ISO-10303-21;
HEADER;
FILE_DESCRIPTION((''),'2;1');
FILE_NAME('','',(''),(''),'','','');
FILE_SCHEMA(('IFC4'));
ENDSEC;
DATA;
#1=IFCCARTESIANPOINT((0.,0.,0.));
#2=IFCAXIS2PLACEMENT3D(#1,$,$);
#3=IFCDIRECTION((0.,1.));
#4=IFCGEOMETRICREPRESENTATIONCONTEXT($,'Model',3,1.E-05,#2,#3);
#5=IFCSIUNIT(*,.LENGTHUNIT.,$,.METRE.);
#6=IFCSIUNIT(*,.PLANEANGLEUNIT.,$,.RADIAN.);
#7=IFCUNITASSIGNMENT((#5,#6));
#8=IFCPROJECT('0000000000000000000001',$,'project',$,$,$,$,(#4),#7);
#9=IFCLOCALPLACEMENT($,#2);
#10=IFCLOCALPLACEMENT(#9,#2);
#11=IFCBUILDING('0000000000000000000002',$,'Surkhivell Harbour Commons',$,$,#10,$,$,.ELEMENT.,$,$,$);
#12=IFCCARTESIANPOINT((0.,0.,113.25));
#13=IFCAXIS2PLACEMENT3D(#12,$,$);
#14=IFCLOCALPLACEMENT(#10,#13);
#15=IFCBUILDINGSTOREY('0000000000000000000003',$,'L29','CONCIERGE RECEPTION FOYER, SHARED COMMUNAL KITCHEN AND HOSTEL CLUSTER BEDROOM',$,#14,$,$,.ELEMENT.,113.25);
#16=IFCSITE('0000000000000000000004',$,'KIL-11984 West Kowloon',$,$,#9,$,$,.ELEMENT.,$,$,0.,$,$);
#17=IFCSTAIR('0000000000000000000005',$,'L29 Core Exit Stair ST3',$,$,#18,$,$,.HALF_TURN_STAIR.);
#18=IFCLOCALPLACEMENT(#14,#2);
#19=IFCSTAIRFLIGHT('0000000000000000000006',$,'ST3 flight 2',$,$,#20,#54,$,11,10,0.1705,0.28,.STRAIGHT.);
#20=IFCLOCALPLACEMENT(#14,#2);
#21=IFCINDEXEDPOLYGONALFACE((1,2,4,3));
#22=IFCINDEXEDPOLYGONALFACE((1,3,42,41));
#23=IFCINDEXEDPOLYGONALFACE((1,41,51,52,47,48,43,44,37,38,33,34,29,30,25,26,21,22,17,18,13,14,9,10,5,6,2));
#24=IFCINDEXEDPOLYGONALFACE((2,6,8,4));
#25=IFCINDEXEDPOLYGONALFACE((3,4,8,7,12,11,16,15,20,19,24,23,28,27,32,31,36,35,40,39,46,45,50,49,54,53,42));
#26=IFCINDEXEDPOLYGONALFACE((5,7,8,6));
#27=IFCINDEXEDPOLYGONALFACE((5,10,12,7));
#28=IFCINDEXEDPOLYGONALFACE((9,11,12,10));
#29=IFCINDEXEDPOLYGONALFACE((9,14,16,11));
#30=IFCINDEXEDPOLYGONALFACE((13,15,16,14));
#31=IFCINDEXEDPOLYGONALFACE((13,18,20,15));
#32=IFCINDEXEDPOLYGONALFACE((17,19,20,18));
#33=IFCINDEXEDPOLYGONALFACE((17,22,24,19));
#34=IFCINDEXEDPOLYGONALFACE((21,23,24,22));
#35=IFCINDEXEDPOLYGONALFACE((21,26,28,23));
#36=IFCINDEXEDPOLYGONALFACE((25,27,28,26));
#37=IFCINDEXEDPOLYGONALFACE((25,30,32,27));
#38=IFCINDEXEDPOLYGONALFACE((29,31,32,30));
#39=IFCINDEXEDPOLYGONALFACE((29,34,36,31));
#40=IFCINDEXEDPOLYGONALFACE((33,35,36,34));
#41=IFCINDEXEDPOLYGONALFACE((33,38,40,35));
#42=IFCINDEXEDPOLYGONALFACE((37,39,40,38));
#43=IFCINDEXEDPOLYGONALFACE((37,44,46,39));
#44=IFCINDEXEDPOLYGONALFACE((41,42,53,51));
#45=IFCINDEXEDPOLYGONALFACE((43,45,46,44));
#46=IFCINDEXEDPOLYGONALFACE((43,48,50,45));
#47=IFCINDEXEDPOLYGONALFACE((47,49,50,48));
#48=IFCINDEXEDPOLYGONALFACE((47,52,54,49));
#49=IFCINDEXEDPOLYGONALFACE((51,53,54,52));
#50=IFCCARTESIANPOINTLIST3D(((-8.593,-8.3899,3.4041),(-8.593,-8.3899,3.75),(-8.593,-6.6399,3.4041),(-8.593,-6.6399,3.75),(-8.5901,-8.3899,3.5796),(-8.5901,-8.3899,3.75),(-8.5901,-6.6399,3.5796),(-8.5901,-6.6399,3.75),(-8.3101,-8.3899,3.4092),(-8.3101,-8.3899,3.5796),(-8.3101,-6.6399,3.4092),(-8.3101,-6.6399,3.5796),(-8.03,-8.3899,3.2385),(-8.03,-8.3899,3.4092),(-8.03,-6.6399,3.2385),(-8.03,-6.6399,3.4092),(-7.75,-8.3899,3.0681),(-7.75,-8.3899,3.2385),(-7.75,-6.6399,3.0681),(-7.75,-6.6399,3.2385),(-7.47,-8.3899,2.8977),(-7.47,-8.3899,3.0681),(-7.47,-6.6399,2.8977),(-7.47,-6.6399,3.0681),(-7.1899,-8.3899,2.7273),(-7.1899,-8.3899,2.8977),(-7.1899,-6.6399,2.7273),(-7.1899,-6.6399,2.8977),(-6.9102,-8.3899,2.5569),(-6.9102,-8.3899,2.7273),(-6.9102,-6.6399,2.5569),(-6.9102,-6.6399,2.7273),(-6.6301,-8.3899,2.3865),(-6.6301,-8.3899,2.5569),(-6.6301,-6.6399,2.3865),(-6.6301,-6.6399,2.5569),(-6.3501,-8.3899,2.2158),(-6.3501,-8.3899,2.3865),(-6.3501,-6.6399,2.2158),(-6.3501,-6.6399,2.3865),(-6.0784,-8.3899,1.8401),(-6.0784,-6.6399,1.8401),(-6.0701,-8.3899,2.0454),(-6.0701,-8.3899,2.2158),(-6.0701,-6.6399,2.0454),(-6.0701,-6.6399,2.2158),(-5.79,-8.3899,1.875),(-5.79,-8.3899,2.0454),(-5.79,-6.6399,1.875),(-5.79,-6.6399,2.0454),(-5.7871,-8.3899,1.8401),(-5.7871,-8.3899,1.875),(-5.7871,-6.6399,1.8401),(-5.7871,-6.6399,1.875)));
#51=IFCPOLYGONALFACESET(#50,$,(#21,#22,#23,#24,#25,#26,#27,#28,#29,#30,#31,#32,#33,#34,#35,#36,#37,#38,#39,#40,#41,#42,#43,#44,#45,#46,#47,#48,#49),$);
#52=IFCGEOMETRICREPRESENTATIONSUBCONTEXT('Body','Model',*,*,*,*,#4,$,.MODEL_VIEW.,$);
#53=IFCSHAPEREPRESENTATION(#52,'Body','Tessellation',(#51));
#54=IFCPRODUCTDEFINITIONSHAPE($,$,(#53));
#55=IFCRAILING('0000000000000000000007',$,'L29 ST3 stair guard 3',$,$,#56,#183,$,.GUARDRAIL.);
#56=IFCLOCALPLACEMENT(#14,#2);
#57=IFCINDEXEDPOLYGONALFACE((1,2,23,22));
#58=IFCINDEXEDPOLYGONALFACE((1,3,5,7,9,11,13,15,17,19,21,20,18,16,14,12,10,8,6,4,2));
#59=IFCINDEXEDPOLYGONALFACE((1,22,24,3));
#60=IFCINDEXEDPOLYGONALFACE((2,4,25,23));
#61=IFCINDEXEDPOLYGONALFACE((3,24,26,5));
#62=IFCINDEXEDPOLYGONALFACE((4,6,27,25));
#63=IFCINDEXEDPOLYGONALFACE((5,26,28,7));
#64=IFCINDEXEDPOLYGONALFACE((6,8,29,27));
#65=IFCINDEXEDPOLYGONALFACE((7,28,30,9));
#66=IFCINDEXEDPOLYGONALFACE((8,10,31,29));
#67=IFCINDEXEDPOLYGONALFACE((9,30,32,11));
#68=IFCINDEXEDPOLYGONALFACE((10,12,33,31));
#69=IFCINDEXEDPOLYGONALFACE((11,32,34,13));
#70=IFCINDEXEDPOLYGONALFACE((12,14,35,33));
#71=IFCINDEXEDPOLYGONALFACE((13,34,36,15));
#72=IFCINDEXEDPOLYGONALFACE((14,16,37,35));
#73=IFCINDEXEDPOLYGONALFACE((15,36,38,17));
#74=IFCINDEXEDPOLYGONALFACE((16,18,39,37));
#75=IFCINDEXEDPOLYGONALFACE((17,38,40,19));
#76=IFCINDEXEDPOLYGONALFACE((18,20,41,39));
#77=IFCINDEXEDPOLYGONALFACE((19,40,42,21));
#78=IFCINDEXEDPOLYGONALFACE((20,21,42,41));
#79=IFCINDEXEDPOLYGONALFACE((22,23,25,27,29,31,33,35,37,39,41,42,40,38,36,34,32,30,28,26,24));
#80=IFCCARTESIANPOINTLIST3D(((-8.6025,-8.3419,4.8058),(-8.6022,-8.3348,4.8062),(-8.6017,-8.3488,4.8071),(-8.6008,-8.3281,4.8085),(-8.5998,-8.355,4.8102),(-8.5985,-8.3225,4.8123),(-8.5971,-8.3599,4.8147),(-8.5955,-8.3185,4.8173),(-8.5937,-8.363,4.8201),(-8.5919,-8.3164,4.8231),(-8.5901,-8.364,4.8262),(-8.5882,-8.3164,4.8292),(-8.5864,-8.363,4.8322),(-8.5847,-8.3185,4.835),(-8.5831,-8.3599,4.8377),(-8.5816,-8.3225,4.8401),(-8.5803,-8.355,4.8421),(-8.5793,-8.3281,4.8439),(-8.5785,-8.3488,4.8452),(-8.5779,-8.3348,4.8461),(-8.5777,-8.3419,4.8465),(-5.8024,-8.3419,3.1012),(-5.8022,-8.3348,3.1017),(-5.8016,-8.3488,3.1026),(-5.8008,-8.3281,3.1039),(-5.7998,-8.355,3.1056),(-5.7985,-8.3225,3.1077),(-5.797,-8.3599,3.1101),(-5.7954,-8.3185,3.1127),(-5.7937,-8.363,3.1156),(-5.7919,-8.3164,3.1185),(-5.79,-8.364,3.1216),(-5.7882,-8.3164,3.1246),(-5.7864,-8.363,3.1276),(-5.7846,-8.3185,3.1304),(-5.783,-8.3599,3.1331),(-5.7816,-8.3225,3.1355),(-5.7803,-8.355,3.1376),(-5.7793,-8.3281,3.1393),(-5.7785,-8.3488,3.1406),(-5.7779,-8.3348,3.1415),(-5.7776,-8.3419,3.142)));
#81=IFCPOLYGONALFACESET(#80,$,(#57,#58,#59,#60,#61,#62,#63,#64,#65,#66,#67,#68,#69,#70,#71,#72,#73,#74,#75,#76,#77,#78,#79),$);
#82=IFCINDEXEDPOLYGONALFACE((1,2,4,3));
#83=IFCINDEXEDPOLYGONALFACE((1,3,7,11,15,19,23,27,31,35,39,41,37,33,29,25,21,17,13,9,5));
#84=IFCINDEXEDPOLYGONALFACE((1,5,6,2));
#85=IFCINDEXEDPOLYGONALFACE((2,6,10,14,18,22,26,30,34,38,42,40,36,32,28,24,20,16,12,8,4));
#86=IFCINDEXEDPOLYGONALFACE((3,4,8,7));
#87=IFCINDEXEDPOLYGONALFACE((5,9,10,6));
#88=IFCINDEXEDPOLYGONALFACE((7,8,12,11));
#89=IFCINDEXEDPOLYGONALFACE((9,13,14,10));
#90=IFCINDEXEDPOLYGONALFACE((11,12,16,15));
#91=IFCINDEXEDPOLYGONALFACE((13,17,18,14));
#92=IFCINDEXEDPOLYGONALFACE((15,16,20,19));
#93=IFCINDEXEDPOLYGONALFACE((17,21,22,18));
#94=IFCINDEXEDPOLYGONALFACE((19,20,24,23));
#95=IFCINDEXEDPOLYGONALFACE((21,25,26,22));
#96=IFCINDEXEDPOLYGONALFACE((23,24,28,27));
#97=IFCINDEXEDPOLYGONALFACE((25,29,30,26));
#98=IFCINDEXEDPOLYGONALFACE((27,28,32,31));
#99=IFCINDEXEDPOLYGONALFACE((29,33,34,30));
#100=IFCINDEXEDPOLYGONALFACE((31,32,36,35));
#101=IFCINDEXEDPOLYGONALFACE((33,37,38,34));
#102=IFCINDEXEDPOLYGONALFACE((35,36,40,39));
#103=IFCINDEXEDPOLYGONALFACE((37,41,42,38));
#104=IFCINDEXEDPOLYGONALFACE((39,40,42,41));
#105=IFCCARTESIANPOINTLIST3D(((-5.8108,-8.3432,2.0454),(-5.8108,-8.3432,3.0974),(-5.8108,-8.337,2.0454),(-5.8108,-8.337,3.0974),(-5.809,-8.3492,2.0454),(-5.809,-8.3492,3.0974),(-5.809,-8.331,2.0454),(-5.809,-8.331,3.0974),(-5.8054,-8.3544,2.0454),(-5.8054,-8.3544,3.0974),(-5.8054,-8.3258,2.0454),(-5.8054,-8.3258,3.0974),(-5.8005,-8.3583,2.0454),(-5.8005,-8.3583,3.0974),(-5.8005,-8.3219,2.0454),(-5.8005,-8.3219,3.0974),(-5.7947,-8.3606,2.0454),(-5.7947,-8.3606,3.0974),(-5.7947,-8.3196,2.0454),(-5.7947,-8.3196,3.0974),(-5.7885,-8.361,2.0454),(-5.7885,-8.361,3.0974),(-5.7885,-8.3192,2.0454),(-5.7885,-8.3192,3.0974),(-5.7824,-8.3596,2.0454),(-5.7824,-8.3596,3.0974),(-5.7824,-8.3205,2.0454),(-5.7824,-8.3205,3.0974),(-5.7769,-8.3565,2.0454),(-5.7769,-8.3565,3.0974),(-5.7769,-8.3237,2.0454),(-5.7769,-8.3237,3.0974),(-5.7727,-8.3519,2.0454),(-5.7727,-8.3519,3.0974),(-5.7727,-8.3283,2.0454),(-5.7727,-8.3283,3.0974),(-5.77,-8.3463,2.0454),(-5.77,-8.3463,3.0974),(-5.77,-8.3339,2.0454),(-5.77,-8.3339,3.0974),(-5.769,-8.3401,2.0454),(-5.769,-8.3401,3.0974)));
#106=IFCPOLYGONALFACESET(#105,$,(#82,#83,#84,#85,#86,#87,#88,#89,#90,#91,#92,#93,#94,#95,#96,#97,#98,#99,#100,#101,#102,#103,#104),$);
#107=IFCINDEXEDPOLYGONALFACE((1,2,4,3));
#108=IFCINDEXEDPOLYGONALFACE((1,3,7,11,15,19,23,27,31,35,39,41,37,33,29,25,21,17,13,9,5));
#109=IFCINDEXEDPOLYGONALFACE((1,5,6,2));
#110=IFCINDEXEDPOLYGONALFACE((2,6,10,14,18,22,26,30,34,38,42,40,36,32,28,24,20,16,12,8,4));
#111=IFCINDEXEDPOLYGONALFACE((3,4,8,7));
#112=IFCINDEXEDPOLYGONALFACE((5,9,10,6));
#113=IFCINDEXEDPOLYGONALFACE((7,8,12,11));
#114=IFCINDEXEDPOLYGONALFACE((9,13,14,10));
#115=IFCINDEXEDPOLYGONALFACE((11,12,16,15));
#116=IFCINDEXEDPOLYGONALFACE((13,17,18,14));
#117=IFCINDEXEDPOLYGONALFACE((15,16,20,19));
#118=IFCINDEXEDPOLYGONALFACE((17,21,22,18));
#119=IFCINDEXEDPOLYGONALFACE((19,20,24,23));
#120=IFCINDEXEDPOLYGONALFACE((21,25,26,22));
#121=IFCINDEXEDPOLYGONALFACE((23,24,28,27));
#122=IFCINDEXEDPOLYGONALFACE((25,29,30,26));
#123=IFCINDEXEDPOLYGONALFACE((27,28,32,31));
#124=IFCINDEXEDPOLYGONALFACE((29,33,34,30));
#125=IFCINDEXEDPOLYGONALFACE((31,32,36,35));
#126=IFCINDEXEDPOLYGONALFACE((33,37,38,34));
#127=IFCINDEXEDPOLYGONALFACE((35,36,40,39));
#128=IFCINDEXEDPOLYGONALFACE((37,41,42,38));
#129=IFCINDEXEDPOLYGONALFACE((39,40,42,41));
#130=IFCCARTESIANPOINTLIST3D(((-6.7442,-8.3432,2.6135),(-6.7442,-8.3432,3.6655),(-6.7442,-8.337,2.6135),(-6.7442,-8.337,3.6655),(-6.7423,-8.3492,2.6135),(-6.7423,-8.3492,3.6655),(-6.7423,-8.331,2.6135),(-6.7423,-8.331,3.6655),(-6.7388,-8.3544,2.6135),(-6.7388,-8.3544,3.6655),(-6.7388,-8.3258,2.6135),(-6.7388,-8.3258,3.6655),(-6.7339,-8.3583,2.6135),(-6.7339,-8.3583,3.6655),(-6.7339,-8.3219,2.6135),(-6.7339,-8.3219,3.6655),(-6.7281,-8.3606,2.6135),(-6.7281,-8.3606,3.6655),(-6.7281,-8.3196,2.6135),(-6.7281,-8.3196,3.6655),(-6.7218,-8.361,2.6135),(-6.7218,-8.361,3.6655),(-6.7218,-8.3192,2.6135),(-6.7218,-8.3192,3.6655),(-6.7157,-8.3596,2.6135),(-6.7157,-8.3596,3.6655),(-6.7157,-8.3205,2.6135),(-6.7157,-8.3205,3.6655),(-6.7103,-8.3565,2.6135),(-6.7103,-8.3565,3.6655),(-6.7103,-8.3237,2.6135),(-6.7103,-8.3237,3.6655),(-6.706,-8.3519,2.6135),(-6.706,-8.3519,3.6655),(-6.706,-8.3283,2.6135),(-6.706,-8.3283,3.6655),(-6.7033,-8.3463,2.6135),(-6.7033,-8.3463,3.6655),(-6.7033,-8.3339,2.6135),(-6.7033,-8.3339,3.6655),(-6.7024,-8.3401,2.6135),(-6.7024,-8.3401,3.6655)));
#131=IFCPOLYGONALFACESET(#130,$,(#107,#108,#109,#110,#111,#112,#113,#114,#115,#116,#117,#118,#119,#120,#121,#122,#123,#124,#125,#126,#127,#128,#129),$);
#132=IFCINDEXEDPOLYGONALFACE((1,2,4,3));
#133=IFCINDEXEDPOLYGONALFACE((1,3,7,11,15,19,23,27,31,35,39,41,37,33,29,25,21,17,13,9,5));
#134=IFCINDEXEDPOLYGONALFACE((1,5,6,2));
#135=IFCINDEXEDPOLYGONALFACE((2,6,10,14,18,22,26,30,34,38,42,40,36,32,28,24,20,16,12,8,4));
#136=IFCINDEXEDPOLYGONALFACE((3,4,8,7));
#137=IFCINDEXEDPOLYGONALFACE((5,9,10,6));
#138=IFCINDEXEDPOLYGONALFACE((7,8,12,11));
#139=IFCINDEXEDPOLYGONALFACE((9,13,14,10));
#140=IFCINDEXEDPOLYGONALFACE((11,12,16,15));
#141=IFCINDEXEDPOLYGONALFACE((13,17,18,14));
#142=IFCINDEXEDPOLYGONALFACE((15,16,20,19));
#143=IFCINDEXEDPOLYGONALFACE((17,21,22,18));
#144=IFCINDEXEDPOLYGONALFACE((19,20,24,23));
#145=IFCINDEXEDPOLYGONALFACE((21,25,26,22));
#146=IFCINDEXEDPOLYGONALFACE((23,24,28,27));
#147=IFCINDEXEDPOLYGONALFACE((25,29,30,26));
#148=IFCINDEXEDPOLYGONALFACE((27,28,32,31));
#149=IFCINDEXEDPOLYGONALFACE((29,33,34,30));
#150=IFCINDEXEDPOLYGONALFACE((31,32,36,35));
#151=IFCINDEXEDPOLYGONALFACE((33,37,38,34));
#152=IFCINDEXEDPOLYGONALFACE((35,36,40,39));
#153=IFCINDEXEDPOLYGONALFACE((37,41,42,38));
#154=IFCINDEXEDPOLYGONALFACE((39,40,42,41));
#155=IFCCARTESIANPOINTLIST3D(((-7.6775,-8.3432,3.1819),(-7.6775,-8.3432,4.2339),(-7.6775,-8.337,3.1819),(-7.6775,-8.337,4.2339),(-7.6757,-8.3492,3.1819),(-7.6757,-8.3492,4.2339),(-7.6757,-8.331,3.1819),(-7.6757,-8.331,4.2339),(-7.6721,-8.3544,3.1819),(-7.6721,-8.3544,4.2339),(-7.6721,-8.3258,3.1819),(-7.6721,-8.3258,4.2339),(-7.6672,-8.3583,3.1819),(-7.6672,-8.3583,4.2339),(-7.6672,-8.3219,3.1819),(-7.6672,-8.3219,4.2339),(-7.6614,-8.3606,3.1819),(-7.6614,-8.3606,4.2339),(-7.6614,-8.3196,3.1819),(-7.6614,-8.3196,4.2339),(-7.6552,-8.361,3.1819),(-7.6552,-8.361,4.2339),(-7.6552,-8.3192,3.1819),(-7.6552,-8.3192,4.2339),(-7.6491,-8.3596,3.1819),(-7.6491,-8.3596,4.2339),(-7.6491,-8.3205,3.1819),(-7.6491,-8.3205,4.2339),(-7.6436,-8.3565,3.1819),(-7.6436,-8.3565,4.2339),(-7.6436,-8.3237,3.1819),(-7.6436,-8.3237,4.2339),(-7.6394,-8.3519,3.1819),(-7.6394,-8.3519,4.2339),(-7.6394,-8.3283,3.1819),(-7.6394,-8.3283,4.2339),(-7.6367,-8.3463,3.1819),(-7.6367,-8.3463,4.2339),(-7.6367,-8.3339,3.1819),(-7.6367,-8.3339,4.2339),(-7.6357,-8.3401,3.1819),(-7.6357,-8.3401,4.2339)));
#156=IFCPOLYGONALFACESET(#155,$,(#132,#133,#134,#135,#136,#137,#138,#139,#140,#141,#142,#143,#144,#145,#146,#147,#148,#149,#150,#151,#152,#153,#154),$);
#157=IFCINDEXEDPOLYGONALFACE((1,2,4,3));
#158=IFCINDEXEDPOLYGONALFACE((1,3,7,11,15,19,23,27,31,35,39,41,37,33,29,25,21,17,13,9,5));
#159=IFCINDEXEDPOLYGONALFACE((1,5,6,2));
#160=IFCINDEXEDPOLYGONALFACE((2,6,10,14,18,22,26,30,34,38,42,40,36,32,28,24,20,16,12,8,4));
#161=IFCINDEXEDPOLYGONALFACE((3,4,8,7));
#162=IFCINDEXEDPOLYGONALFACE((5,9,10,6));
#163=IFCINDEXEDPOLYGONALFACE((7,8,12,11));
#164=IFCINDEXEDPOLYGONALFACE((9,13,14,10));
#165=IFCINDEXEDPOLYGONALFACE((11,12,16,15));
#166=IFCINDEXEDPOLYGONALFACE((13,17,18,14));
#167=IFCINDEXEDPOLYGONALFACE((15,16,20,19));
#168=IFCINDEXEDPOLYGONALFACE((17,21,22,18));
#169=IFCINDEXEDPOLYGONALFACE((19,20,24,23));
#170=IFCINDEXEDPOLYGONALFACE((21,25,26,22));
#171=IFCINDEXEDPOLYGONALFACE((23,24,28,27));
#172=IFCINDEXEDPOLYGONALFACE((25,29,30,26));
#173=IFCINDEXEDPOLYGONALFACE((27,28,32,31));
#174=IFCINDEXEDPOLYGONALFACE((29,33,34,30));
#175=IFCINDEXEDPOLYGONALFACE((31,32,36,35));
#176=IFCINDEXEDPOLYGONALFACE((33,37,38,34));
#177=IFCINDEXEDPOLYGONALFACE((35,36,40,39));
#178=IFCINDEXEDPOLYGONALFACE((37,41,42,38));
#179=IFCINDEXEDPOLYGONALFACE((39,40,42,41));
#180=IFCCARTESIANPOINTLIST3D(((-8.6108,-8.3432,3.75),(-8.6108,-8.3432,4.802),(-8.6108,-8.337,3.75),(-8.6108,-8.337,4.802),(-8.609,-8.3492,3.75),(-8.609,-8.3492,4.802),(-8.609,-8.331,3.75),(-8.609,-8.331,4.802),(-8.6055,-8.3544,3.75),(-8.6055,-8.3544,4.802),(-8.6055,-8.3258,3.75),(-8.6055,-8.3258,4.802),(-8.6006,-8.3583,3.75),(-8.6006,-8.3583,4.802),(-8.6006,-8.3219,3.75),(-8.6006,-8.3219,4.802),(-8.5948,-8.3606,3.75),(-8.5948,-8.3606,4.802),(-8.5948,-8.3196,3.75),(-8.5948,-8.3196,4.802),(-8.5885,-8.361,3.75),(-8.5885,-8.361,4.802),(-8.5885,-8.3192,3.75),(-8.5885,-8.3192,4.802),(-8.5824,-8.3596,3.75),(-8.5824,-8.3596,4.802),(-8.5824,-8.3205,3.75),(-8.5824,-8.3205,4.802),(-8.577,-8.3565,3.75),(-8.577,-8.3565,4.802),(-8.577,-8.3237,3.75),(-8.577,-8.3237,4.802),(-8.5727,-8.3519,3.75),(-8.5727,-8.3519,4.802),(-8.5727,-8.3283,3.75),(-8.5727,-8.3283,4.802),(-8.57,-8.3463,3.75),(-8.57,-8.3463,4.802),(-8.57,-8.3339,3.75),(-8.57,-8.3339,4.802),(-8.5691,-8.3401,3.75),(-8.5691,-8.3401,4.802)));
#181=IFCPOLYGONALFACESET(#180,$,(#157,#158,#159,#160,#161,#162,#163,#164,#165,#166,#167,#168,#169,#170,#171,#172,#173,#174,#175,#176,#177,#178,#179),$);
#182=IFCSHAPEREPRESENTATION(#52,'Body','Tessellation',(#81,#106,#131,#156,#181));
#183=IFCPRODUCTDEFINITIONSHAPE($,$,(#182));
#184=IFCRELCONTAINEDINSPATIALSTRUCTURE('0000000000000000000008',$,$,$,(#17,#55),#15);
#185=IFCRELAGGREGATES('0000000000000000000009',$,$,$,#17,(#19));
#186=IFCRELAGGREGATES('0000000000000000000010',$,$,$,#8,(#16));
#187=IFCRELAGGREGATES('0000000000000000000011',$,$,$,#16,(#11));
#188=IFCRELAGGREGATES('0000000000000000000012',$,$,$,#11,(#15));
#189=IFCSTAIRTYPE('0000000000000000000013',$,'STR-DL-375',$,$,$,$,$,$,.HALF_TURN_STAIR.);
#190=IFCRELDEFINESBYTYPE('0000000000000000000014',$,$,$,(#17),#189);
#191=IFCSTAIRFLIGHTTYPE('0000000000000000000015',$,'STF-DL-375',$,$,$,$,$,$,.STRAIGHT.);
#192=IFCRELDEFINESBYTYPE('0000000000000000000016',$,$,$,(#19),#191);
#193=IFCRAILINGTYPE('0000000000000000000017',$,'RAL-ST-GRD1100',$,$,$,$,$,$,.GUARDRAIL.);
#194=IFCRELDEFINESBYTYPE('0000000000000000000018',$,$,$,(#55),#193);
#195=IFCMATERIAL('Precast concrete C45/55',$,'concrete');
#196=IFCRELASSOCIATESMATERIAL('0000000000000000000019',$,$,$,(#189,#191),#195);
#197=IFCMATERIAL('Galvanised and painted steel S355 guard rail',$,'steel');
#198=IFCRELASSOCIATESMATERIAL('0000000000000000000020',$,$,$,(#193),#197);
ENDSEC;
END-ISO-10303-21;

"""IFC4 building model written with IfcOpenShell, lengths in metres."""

from ifc_helpers import new_model, si_unit, direction, frame, origin, origin_2d, place, context, subcontext, project, spatial, polyline, circle, outline, extrude, material, type_object, element, aggregate, save


model = new_model("IFC4")

# Units and contexts
model_context = context("Model", 3, precision=1e-05, world=origin(), true_north=direction((0.0, 1.0)))
body_context = subcontext(model_context, "Body", "Model", "MODEL_VIEW")
ifc_project = project(units=[si_unit("LENGTHUNIT", "METRE"), si_unit("PLANEANGLEUNIT", "RADIAN")], contexts=[model_context])

# Site, building, storey
site_placement = place(None, origin())
site = spatial("IfcSite", under=ifc_project, at=site_placement, Name="KIL-11984 West Kowloon", CompositionType="ELEMENT", RefElevation=0.0)
building_placement = place(site_placement, origin())
building = spatial("IfcBuilding", under=site, at=building_placement, Name="Surkhivell Harbour Commons", CompositionType="ELEMENT")
storey_placement = place(building_placement, frame((0.0, 0.0, 113.25)))
storey = spatial("IfcBuildingStorey", under=building, at=storey_placement, Name="L29", Description="CONCIERGE RECEPTION FOYER, SHARED COMMUNAL KITCHEN AND HOSTEL CLUSTER BEDROOM", CompositionType="ELEMENT", Elevation=113.25)

# Stair, stair flight
ifc_material_1 = material(Name="Precast concrete C45/55", Category="concrete")
stair_type = type_object("IfcStairType", Name="STR-DL-375", PredefinedType="HALF_TURN_STAIR", material=ifc_material_1)
stair_placement = place(storey_placement, origin())
stair = element("IfcStair", 1, at=stair_placement, inside=storey, type_object=stair_type, Name="L29 Core Exit Stair ST3", PredefinedType="HALF_TURN_STAIR")
stair_flight_type = type_object("IfcStairFlightType", Name="STF-DL-375", PredefinedType="STRAIGHT", material=ifc_material_1)
stair_flight_placement = place(storey_placement, frame((-5.79, -7.5149, 1.875), z_axis=(0.0, 0.0, 1.0), x_axis=(-1.0, 0.0, 0.0)))
stair_flight = element("IfcStairFlight", 2, at=stair_flight_placement, type_object=stair_flight_type, Name="ST3 flight 2", NumberOfRisers=11, NumberOfTreads=10, PredefinedType="STRAIGHT", RiserHeight=0.1705, TreadLength=0.28, context=body_context, shape_type="SweptSolid", body=[
    extrude(outline(polyline([(-0.0029, -0.0349), (-0.0029, 0.0), (0.0, 0.0), (0.0, 0.1704), (0.28, 0.1704), (0.28, 0.3408), (0.5601, 0.3408), (0.5601, 0.5115), (0.8401, 0.5115), (0.8401, 0.6819), (1.1201, 0.6819), (1.1201, 0.8523), (1.3999, 0.8523), (1.3999, 1.0227), (1.6799, 1.0227), (1.6799, 1.1931), (1.96, 1.1931), (1.96, 1.3635), (2.24, 1.3635), (2.24, 1.5342), (2.52, 1.5342), (2.52, 1.7046), (2.8, 1.7046), (2.8, 1.875), (2.803, 1.875), (2.803, 1.5291), (0.2883, -0.0349), (-0.0029, -0.0349)])), frame((0.0, 0.875, 0.0), z_axis=(0.0, -1.0, 0.0), x_axis=(1.0, 0.0, 0.0)), (0.0, 0.0, 1.0), 1.75),
])
aggregate(stair, [stair_flight])

# Railing
ifc_material_2 = material(Name="Galvanised and painted steel S355 guard rail", Category="steel")
railing_type_1 = type_object("IfcRailingType", Name="RAL-ST-GRD1100", PredefinedType="GUARDRAIL", material=ifc_material_2)
railing_1_placement = place(storey_placement, frame((-5.79, -8.3401, 2.0454)))
element("IfcRailing", 3, at=railing_1_placement, inside=storey, type_object=railing_type_1, Name="L29 ST3 stair guard 3", PredefinedType="GUARDRAIL", context=body_context, shape_type="SweptSolid", body=[
    extrude(circle(Radius=0.0239, at=origin_2d()), frame((0.0, 0.0, 1.0762), z_axis=(-0.85417, 0.0, 0.519994), x_axis=(0.0, -1.0, 0.0)), (0.0, 0.0, 1.0), 3.2781),
    extrude(circle(Radius=0.021, at=origin_2d()), origin(), (0.0, 0.0, 1.0), 1.052),
    extrude(circle(Radius=0.021, at=origin_2d()), frame((-0.9333, 0.0, 0.5681)), (0.0, 0.0, 1.0), 1.052),
    extrude(circle(Radius=0.021, at=origin_2d()), frame((-1.8667, 0.0, 1.1365)), (0.0, 0.0, 1.0), 1.052),
    extrude(circle(Radius=0.021, at=origin_2d()), frame((-2.8, 0.0, 1.7046)), (0.0, 0.0, 1.0), 1.052),
])

save(model, "model.ifc")
